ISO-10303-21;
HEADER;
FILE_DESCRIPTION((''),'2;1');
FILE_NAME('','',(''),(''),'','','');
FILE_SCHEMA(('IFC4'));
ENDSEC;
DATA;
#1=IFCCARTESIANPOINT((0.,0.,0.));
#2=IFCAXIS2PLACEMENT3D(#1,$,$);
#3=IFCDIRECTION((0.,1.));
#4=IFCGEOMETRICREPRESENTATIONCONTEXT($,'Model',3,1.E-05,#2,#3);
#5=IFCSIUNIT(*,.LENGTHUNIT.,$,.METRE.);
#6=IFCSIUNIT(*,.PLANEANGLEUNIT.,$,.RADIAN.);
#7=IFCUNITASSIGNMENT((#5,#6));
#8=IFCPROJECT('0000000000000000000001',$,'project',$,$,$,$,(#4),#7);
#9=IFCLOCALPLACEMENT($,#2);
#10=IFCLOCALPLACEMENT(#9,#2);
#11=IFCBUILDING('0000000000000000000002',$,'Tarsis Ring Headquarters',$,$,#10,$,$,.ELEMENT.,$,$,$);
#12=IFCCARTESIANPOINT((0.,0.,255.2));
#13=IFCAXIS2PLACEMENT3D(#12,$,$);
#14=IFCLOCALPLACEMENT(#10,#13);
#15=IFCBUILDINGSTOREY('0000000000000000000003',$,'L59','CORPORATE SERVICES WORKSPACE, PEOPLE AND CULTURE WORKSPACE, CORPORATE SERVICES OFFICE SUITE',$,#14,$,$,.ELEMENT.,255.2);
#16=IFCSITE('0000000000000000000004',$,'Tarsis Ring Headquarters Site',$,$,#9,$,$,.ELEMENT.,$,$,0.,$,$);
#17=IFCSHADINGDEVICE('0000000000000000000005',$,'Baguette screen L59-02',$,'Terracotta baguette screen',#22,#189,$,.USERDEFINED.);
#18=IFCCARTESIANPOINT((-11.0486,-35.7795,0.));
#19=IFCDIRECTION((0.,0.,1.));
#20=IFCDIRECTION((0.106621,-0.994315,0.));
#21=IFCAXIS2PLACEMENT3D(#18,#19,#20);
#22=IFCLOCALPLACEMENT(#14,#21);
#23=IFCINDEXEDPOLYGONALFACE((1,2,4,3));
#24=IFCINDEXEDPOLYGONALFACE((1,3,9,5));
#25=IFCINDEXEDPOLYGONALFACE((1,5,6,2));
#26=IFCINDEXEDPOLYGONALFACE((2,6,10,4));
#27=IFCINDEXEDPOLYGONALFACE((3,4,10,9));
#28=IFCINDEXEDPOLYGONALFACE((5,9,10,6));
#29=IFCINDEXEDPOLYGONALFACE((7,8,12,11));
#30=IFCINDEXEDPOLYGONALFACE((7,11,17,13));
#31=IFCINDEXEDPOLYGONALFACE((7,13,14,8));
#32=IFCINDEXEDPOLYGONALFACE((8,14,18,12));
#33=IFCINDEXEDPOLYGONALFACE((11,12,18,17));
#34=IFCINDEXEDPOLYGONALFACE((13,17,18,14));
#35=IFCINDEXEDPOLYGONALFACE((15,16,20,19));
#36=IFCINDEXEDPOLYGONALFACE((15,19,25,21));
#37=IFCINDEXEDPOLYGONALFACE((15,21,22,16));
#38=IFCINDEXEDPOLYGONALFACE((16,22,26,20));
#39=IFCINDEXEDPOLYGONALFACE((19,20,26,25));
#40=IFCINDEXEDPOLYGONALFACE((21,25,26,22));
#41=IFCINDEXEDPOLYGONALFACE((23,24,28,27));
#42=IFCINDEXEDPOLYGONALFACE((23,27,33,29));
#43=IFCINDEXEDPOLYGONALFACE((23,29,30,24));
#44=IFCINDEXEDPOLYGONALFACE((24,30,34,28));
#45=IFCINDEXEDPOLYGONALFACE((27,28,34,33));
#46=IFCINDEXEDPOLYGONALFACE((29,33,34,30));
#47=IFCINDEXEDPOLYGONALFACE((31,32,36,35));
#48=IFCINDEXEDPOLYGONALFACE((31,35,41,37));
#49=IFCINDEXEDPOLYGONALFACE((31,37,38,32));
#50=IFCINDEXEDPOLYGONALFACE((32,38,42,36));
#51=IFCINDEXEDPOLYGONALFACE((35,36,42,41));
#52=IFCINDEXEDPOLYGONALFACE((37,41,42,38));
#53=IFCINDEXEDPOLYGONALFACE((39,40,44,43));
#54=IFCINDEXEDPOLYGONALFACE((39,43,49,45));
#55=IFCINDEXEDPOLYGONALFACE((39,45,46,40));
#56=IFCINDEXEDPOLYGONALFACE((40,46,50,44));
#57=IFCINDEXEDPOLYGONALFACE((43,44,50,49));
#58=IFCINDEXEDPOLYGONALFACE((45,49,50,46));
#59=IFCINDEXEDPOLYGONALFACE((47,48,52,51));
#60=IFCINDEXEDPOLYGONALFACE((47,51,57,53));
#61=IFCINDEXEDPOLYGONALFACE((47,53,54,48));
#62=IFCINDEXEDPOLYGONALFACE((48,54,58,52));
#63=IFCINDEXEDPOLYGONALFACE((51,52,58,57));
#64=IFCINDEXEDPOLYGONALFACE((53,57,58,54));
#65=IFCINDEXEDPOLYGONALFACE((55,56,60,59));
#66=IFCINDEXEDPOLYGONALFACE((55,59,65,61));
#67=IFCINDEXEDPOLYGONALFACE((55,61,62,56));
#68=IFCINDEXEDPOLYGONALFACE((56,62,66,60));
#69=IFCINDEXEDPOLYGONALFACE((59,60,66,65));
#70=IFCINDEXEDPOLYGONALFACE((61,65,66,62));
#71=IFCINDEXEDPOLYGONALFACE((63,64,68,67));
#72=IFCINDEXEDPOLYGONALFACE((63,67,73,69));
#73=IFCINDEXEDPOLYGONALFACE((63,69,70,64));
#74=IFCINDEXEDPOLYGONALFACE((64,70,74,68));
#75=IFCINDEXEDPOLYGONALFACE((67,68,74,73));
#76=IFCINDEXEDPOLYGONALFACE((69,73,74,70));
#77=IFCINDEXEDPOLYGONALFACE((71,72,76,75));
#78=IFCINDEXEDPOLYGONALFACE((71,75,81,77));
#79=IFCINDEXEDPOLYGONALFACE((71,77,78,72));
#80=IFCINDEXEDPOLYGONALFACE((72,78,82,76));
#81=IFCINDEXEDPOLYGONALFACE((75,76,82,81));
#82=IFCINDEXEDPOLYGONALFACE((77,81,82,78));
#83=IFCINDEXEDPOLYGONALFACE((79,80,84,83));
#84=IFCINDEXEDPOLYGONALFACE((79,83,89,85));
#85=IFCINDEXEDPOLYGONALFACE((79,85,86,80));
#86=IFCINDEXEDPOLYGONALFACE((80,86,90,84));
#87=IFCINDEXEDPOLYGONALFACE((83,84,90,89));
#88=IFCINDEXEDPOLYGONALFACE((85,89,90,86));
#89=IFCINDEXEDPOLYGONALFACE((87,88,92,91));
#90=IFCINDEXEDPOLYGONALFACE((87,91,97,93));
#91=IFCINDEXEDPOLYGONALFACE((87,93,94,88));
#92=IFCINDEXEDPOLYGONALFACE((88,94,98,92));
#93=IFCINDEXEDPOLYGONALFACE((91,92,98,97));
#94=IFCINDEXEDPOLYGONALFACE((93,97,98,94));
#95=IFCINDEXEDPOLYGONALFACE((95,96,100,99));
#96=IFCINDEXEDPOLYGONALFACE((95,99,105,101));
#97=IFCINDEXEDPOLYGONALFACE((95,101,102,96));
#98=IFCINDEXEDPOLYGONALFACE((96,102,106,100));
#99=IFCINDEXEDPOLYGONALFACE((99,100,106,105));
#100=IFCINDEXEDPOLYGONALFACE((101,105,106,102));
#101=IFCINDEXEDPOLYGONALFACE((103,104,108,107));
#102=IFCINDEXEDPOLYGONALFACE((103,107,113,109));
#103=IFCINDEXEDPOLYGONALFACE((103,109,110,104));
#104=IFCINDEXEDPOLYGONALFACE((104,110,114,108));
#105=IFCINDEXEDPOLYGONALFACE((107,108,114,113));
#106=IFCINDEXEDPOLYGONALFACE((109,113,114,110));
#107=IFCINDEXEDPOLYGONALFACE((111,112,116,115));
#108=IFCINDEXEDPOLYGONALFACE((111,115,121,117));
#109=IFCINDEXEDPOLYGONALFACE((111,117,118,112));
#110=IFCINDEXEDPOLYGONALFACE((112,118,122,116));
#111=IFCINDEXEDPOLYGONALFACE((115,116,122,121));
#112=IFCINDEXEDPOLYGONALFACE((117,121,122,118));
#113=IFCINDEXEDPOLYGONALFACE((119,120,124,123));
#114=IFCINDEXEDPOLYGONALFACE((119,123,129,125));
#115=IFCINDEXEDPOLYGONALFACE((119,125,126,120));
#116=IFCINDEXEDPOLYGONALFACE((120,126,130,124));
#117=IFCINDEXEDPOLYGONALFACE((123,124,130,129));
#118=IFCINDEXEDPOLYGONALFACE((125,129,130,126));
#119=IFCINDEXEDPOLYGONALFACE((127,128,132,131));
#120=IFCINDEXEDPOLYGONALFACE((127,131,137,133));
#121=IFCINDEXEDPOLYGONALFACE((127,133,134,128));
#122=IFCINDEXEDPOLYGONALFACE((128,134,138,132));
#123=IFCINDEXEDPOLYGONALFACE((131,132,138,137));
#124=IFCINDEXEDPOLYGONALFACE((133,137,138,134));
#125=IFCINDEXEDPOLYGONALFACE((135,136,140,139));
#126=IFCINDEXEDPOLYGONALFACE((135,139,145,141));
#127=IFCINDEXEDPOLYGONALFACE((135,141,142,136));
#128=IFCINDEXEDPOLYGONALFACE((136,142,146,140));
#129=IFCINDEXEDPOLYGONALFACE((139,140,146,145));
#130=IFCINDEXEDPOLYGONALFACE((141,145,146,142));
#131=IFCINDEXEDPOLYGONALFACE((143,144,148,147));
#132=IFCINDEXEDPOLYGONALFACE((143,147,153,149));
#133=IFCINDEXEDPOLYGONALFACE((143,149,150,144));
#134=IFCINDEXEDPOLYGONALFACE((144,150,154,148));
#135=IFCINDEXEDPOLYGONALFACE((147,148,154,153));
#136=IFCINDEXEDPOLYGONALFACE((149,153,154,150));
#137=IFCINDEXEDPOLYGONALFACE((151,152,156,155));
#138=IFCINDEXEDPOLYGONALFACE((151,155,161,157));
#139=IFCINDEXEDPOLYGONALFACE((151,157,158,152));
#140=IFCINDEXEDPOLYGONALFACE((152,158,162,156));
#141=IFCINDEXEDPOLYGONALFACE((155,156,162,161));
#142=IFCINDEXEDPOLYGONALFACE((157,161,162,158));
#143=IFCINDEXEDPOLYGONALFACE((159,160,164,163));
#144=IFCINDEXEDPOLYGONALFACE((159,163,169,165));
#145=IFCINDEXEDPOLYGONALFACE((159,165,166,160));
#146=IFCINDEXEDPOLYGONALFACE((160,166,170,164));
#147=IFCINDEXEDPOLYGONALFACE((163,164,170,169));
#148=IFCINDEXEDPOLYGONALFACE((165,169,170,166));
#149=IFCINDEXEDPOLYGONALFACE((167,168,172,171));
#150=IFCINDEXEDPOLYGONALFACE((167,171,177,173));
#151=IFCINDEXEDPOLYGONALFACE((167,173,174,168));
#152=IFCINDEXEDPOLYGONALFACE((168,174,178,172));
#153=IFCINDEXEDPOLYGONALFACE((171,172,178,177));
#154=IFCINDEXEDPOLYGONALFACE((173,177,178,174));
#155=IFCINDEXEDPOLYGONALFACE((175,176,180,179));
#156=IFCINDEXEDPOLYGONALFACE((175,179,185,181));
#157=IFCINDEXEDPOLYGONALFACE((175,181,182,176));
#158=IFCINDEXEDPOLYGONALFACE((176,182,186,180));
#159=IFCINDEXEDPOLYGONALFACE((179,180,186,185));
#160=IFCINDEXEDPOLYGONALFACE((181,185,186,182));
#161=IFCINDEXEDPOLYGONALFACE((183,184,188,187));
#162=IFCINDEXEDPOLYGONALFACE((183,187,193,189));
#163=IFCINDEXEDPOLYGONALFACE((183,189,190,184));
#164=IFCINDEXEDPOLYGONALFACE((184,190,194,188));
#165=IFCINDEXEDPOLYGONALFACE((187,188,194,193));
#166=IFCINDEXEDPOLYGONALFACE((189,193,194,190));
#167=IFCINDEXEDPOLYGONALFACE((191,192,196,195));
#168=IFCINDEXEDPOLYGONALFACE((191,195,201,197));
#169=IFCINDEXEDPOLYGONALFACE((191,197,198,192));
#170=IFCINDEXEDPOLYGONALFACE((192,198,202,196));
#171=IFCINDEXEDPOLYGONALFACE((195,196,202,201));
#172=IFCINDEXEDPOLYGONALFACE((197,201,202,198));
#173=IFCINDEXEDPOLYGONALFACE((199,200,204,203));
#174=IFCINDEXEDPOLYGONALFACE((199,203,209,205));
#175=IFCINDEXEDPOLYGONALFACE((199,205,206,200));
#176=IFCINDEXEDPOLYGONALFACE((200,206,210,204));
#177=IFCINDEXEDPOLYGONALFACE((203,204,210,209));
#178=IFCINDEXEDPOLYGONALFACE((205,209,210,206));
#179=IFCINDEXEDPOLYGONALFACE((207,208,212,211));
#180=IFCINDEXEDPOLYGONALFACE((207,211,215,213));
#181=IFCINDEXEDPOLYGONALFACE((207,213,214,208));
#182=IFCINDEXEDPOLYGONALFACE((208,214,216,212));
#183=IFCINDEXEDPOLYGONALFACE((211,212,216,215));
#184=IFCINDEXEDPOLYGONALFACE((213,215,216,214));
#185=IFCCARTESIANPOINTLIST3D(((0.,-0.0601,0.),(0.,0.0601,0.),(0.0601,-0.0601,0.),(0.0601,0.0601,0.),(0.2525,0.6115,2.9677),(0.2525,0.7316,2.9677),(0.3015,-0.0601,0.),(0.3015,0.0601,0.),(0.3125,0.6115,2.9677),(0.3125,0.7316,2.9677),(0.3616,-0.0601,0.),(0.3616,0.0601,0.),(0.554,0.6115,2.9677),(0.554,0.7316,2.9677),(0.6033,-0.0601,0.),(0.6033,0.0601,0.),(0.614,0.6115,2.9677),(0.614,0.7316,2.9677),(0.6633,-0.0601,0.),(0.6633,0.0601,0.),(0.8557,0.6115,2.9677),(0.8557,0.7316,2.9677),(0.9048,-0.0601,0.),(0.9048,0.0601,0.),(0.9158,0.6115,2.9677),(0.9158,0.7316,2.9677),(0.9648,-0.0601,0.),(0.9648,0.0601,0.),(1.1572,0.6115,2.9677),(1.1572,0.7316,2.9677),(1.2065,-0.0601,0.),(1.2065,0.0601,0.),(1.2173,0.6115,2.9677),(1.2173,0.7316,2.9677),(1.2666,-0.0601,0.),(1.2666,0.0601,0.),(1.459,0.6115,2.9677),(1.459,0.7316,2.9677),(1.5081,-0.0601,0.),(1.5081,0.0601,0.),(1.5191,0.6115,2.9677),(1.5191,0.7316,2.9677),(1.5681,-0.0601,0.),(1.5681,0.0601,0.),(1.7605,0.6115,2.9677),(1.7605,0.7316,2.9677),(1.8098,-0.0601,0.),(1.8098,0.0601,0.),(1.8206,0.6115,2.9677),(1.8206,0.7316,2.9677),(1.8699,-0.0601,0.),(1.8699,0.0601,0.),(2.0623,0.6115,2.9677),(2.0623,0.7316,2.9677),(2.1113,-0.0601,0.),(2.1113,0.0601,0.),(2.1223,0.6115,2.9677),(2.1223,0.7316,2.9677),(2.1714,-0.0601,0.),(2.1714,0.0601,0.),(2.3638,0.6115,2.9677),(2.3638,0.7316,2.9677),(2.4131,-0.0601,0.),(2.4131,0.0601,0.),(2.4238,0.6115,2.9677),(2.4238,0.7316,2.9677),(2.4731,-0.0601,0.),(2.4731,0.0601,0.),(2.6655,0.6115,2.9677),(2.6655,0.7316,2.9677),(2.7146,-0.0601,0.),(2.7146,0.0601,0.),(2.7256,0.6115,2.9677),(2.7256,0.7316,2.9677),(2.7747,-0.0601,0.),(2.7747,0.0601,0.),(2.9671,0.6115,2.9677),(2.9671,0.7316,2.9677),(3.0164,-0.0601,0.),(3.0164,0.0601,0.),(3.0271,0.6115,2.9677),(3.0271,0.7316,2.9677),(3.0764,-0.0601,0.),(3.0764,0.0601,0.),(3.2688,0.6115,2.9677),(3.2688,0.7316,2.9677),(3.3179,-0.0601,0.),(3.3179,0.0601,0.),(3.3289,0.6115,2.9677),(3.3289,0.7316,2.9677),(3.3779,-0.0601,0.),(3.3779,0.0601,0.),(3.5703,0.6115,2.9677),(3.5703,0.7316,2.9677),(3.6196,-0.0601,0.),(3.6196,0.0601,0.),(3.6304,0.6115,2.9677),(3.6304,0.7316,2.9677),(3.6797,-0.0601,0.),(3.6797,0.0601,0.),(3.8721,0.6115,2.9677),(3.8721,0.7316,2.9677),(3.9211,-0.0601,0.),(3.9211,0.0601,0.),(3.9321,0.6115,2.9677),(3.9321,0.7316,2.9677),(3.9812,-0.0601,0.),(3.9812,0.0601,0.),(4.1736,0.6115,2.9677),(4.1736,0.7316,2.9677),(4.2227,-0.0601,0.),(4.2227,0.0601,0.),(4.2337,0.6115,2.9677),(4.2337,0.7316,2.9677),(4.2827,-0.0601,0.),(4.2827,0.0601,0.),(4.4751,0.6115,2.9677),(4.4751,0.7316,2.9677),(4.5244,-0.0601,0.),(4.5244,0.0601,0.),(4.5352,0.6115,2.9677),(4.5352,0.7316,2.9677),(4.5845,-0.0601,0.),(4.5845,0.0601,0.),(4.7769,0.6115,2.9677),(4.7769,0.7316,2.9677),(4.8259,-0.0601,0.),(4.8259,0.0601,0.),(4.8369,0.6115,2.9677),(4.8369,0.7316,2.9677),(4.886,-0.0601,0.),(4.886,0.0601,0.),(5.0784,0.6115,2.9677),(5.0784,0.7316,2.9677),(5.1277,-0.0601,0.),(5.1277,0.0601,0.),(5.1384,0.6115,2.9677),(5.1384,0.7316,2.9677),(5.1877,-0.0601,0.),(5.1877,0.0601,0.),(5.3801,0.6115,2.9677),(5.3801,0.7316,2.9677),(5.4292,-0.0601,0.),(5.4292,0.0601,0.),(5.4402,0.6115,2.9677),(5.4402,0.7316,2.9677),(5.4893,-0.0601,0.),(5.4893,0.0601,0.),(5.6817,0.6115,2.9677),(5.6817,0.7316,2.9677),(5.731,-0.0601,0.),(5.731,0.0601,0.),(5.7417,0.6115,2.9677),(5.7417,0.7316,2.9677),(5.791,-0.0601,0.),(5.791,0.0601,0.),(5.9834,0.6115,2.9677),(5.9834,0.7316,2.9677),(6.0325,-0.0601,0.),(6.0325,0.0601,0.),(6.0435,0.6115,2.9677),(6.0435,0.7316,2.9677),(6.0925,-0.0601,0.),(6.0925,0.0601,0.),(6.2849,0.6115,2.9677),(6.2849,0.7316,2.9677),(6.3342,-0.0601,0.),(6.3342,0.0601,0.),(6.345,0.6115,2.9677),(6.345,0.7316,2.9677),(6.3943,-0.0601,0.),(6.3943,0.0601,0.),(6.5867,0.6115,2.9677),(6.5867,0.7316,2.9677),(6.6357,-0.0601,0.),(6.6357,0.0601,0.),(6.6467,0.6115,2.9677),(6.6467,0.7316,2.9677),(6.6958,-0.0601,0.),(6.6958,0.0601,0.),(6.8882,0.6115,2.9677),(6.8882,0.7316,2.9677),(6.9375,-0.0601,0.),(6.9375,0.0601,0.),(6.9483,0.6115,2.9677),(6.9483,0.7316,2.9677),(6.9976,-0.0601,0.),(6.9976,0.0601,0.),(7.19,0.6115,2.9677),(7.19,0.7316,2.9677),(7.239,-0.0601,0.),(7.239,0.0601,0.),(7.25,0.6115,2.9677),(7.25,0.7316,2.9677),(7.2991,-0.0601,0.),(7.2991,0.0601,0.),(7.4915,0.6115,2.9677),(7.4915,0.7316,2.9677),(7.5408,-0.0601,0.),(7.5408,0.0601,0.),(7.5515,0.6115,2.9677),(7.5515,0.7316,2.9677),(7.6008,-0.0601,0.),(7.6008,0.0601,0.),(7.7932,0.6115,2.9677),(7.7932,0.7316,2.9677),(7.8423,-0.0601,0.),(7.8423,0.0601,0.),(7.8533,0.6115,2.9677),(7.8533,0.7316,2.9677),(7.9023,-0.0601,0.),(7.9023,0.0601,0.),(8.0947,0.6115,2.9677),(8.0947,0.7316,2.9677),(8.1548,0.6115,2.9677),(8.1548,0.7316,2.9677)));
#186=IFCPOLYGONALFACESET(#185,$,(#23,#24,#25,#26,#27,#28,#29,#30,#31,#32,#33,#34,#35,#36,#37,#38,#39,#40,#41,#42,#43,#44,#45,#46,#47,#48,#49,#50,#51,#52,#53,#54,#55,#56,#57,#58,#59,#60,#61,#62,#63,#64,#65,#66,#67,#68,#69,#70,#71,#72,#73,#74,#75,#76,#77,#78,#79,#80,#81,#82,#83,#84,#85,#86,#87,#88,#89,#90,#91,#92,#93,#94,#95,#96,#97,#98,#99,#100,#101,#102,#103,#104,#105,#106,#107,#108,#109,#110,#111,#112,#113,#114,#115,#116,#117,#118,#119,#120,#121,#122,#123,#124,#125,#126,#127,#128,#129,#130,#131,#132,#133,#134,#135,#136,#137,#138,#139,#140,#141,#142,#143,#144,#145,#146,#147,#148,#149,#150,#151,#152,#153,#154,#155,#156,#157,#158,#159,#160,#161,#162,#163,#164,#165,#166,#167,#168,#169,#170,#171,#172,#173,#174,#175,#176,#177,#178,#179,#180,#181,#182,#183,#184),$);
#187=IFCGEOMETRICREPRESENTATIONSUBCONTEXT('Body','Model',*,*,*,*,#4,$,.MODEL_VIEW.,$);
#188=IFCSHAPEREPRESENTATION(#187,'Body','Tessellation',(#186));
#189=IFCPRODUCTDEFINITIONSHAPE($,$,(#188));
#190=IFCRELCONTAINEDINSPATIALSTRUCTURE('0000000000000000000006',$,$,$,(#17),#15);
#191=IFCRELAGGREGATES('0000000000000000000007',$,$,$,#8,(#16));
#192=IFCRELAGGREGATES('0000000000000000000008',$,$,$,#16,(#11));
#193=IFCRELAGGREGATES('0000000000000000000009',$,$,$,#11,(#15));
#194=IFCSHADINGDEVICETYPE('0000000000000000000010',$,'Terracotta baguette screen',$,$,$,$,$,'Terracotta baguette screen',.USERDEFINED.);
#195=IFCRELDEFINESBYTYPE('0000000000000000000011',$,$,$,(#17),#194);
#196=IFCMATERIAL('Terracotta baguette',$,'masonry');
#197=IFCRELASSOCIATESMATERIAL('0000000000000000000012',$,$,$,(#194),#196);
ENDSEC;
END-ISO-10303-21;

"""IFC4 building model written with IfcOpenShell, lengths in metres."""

from ifc_helpers import new_model, si_unit, direction, frame, frame_2d, origin, place, context, subcontext, project, spatial, rectangle, composite_profile, extrude, material, type_object, element, save


model = new_model("IFC4")

# Units and contexts
model_context = context("Model", 3, precision=1e-05, world=origin(), true_north=direction((0.0, 1.0)))
body_context = subcontext(model_context, "Body", "Model", "MODEL_VIEW")
ifc_project = project(units=[si_unit("LENGTHUNIT", "METRE"), si_unit("PLANEANGLEUNIT", "RADIAN")], contexts=[model_context])

# Site, building, storey
site_placement = place(None, origin())
site = spatial("IfcSite", under=ifc_project, at=site_placement, Name="Tarsis Ring Headquarters Site", CompositionType="ELEMENT", RefElevation=0.0)
building_placement = place(site_placement, origin())
building = spatial("IfcBuilding", under=site, at=building_placement, Name="Tarsis Ring Headquarters", CompositionType="ELEMENT")
storey_placement = place(building_placement, frame((0.0, 0.0, 255.2)))
storey = spatial("IfcBuildingStorey", under=building, at=storey_placement, Name="L59", Description="CORPORATE SERVICES WORKSPACE, PEOPLE AND CULTURE WORKSPACE, CORPORATE SERVICES OFFICE SUITE", CompositionType="ELEMENT", Elevation=255.2)

# Shading device
ifc_material_1 = material(Name="Terracotta baguette", Category="masonry")
shading_device_type_1 = type_object("IfcShadingDeviceType", Name="Terracotta baguette screen", ElementType="Terracotta baguette screen", PredefinedType="USERDEFINED", material=ifc_material_1)
shading_device_1_placement = place(storey_placement, frame((-11.0486, -35.7795, 0.0), z_axis=(0.0, 0.0, 1.0), x_axis=(0.106621, -0.994315, 0.0)))
element("IfcShadingDevice", 1, at=shading_device_1_placement, inside=storey, type_object=shading_device_type_1, Name="Baguette screen L59-02", ObjectType="Terracotta baguette screen", PredefinedType="USERDEFINED", context=body_context, shape_type="SweptSolid", body=[
    extrude(composite_profile([rectangle(XDim=0.0601, YDim=0.1201, at=frame_2d((0.03, 0.0))), rectangle(XDim=0.0601, YDim=0.1201, at=frame_2d((0.3315, 0.0))), rectangle(XDim=0.0601, YDim=0.1201, at=frame_2d((0.6333, 0.0))), rectangle(XDim=0.0601, YDim=0.1201, at=frame_2d((0.9348, 0.0))), rectangle(XDim=0.0601, YDim=0.1201, at=frame_2d((1.2366, 0.0))), rectangle(XDim=0.0601, YDim=0.1201, at=frame_2d((1.5381, 0.0))), rectangle(XDim=0.0601, YDim=0.1201, at=frame_2d((1.8398, 0.0))), rectangle(XDim=0.0601, YDim=0.1201, at=frame_2d((2.1414, 0.0))), rectangle(XDim=0.0601, YDim=0.1201, at=frame_2d((2.4431, 0.0))), rectangle(XDim=0.0601, YDim=0.1201, at=frame_2d((2.7446, 0.0))), rectangle(XDim=0.0601, YDim=0.1201, at=frame_2d((3.0464, 0.0))), rectangle(XDim=0.0601, YDim=0.1201, at=frame_2d((3.3479, 0.0))), rectangle(XDim=0.0601, YDim=0.1201, at=frame_2d((3.6497, 0.0))), rectangle(XDim=0.0601, YDim=0.1201, at=frame_2d((3.9512, 0.0))), rectangle(XDim=0.0601, YDim=0.1201, at=frame_2d((4.2527, 0.0))), rectangle(XDim=0.0601, YDim=0.1201, at=frame_2d((4.5544, 0.0))), rectangle(XDim=0.0601, YDim=0.1201, at=frame_2d((4.856, 0.0))), rectangle(XDim=0.0601, YDim=0.1201, at=frame_2d((5.1577, 0.0))), rectangle(XDim=0.0601, YDim=0.1201, at=frame_2d((5.4592, 0.0))), rectangle(XDim=0.0601, YDim=0.1201, at=frame_2d((5.761, 0.0))), rectangle(XDim=0.0601, YDim=0.1201, at=frame_2d((6.0625, 0.0))), rectangle(XDim=0.0601, YDim=0.1201, at=frame_2d((6.3643, 0.0))), rectangle(XDim=0.0601, YDim=0.1201, at=frame_2d((6.6658, 0.0))), rectangle(XDim=0.0601, YDim=0.1201, at=frame_2d((6.9675, 0.0))), rectangle(XDim=0.0601, YDim=0.1201, at=frame_2d((7.269, 0.0))), rectangle(XDim=0.0601, YDim=0.1201, at=frame_2d((7.5708, 0.0))), rectangle(XDim=0.0601, YDim=0.1201, at=frame_2d((7.8723, 0.0)))]), origin(), (0.082687, 0.219943, 0.972002), 3.0532),
])

save(model, "model.ifc")
